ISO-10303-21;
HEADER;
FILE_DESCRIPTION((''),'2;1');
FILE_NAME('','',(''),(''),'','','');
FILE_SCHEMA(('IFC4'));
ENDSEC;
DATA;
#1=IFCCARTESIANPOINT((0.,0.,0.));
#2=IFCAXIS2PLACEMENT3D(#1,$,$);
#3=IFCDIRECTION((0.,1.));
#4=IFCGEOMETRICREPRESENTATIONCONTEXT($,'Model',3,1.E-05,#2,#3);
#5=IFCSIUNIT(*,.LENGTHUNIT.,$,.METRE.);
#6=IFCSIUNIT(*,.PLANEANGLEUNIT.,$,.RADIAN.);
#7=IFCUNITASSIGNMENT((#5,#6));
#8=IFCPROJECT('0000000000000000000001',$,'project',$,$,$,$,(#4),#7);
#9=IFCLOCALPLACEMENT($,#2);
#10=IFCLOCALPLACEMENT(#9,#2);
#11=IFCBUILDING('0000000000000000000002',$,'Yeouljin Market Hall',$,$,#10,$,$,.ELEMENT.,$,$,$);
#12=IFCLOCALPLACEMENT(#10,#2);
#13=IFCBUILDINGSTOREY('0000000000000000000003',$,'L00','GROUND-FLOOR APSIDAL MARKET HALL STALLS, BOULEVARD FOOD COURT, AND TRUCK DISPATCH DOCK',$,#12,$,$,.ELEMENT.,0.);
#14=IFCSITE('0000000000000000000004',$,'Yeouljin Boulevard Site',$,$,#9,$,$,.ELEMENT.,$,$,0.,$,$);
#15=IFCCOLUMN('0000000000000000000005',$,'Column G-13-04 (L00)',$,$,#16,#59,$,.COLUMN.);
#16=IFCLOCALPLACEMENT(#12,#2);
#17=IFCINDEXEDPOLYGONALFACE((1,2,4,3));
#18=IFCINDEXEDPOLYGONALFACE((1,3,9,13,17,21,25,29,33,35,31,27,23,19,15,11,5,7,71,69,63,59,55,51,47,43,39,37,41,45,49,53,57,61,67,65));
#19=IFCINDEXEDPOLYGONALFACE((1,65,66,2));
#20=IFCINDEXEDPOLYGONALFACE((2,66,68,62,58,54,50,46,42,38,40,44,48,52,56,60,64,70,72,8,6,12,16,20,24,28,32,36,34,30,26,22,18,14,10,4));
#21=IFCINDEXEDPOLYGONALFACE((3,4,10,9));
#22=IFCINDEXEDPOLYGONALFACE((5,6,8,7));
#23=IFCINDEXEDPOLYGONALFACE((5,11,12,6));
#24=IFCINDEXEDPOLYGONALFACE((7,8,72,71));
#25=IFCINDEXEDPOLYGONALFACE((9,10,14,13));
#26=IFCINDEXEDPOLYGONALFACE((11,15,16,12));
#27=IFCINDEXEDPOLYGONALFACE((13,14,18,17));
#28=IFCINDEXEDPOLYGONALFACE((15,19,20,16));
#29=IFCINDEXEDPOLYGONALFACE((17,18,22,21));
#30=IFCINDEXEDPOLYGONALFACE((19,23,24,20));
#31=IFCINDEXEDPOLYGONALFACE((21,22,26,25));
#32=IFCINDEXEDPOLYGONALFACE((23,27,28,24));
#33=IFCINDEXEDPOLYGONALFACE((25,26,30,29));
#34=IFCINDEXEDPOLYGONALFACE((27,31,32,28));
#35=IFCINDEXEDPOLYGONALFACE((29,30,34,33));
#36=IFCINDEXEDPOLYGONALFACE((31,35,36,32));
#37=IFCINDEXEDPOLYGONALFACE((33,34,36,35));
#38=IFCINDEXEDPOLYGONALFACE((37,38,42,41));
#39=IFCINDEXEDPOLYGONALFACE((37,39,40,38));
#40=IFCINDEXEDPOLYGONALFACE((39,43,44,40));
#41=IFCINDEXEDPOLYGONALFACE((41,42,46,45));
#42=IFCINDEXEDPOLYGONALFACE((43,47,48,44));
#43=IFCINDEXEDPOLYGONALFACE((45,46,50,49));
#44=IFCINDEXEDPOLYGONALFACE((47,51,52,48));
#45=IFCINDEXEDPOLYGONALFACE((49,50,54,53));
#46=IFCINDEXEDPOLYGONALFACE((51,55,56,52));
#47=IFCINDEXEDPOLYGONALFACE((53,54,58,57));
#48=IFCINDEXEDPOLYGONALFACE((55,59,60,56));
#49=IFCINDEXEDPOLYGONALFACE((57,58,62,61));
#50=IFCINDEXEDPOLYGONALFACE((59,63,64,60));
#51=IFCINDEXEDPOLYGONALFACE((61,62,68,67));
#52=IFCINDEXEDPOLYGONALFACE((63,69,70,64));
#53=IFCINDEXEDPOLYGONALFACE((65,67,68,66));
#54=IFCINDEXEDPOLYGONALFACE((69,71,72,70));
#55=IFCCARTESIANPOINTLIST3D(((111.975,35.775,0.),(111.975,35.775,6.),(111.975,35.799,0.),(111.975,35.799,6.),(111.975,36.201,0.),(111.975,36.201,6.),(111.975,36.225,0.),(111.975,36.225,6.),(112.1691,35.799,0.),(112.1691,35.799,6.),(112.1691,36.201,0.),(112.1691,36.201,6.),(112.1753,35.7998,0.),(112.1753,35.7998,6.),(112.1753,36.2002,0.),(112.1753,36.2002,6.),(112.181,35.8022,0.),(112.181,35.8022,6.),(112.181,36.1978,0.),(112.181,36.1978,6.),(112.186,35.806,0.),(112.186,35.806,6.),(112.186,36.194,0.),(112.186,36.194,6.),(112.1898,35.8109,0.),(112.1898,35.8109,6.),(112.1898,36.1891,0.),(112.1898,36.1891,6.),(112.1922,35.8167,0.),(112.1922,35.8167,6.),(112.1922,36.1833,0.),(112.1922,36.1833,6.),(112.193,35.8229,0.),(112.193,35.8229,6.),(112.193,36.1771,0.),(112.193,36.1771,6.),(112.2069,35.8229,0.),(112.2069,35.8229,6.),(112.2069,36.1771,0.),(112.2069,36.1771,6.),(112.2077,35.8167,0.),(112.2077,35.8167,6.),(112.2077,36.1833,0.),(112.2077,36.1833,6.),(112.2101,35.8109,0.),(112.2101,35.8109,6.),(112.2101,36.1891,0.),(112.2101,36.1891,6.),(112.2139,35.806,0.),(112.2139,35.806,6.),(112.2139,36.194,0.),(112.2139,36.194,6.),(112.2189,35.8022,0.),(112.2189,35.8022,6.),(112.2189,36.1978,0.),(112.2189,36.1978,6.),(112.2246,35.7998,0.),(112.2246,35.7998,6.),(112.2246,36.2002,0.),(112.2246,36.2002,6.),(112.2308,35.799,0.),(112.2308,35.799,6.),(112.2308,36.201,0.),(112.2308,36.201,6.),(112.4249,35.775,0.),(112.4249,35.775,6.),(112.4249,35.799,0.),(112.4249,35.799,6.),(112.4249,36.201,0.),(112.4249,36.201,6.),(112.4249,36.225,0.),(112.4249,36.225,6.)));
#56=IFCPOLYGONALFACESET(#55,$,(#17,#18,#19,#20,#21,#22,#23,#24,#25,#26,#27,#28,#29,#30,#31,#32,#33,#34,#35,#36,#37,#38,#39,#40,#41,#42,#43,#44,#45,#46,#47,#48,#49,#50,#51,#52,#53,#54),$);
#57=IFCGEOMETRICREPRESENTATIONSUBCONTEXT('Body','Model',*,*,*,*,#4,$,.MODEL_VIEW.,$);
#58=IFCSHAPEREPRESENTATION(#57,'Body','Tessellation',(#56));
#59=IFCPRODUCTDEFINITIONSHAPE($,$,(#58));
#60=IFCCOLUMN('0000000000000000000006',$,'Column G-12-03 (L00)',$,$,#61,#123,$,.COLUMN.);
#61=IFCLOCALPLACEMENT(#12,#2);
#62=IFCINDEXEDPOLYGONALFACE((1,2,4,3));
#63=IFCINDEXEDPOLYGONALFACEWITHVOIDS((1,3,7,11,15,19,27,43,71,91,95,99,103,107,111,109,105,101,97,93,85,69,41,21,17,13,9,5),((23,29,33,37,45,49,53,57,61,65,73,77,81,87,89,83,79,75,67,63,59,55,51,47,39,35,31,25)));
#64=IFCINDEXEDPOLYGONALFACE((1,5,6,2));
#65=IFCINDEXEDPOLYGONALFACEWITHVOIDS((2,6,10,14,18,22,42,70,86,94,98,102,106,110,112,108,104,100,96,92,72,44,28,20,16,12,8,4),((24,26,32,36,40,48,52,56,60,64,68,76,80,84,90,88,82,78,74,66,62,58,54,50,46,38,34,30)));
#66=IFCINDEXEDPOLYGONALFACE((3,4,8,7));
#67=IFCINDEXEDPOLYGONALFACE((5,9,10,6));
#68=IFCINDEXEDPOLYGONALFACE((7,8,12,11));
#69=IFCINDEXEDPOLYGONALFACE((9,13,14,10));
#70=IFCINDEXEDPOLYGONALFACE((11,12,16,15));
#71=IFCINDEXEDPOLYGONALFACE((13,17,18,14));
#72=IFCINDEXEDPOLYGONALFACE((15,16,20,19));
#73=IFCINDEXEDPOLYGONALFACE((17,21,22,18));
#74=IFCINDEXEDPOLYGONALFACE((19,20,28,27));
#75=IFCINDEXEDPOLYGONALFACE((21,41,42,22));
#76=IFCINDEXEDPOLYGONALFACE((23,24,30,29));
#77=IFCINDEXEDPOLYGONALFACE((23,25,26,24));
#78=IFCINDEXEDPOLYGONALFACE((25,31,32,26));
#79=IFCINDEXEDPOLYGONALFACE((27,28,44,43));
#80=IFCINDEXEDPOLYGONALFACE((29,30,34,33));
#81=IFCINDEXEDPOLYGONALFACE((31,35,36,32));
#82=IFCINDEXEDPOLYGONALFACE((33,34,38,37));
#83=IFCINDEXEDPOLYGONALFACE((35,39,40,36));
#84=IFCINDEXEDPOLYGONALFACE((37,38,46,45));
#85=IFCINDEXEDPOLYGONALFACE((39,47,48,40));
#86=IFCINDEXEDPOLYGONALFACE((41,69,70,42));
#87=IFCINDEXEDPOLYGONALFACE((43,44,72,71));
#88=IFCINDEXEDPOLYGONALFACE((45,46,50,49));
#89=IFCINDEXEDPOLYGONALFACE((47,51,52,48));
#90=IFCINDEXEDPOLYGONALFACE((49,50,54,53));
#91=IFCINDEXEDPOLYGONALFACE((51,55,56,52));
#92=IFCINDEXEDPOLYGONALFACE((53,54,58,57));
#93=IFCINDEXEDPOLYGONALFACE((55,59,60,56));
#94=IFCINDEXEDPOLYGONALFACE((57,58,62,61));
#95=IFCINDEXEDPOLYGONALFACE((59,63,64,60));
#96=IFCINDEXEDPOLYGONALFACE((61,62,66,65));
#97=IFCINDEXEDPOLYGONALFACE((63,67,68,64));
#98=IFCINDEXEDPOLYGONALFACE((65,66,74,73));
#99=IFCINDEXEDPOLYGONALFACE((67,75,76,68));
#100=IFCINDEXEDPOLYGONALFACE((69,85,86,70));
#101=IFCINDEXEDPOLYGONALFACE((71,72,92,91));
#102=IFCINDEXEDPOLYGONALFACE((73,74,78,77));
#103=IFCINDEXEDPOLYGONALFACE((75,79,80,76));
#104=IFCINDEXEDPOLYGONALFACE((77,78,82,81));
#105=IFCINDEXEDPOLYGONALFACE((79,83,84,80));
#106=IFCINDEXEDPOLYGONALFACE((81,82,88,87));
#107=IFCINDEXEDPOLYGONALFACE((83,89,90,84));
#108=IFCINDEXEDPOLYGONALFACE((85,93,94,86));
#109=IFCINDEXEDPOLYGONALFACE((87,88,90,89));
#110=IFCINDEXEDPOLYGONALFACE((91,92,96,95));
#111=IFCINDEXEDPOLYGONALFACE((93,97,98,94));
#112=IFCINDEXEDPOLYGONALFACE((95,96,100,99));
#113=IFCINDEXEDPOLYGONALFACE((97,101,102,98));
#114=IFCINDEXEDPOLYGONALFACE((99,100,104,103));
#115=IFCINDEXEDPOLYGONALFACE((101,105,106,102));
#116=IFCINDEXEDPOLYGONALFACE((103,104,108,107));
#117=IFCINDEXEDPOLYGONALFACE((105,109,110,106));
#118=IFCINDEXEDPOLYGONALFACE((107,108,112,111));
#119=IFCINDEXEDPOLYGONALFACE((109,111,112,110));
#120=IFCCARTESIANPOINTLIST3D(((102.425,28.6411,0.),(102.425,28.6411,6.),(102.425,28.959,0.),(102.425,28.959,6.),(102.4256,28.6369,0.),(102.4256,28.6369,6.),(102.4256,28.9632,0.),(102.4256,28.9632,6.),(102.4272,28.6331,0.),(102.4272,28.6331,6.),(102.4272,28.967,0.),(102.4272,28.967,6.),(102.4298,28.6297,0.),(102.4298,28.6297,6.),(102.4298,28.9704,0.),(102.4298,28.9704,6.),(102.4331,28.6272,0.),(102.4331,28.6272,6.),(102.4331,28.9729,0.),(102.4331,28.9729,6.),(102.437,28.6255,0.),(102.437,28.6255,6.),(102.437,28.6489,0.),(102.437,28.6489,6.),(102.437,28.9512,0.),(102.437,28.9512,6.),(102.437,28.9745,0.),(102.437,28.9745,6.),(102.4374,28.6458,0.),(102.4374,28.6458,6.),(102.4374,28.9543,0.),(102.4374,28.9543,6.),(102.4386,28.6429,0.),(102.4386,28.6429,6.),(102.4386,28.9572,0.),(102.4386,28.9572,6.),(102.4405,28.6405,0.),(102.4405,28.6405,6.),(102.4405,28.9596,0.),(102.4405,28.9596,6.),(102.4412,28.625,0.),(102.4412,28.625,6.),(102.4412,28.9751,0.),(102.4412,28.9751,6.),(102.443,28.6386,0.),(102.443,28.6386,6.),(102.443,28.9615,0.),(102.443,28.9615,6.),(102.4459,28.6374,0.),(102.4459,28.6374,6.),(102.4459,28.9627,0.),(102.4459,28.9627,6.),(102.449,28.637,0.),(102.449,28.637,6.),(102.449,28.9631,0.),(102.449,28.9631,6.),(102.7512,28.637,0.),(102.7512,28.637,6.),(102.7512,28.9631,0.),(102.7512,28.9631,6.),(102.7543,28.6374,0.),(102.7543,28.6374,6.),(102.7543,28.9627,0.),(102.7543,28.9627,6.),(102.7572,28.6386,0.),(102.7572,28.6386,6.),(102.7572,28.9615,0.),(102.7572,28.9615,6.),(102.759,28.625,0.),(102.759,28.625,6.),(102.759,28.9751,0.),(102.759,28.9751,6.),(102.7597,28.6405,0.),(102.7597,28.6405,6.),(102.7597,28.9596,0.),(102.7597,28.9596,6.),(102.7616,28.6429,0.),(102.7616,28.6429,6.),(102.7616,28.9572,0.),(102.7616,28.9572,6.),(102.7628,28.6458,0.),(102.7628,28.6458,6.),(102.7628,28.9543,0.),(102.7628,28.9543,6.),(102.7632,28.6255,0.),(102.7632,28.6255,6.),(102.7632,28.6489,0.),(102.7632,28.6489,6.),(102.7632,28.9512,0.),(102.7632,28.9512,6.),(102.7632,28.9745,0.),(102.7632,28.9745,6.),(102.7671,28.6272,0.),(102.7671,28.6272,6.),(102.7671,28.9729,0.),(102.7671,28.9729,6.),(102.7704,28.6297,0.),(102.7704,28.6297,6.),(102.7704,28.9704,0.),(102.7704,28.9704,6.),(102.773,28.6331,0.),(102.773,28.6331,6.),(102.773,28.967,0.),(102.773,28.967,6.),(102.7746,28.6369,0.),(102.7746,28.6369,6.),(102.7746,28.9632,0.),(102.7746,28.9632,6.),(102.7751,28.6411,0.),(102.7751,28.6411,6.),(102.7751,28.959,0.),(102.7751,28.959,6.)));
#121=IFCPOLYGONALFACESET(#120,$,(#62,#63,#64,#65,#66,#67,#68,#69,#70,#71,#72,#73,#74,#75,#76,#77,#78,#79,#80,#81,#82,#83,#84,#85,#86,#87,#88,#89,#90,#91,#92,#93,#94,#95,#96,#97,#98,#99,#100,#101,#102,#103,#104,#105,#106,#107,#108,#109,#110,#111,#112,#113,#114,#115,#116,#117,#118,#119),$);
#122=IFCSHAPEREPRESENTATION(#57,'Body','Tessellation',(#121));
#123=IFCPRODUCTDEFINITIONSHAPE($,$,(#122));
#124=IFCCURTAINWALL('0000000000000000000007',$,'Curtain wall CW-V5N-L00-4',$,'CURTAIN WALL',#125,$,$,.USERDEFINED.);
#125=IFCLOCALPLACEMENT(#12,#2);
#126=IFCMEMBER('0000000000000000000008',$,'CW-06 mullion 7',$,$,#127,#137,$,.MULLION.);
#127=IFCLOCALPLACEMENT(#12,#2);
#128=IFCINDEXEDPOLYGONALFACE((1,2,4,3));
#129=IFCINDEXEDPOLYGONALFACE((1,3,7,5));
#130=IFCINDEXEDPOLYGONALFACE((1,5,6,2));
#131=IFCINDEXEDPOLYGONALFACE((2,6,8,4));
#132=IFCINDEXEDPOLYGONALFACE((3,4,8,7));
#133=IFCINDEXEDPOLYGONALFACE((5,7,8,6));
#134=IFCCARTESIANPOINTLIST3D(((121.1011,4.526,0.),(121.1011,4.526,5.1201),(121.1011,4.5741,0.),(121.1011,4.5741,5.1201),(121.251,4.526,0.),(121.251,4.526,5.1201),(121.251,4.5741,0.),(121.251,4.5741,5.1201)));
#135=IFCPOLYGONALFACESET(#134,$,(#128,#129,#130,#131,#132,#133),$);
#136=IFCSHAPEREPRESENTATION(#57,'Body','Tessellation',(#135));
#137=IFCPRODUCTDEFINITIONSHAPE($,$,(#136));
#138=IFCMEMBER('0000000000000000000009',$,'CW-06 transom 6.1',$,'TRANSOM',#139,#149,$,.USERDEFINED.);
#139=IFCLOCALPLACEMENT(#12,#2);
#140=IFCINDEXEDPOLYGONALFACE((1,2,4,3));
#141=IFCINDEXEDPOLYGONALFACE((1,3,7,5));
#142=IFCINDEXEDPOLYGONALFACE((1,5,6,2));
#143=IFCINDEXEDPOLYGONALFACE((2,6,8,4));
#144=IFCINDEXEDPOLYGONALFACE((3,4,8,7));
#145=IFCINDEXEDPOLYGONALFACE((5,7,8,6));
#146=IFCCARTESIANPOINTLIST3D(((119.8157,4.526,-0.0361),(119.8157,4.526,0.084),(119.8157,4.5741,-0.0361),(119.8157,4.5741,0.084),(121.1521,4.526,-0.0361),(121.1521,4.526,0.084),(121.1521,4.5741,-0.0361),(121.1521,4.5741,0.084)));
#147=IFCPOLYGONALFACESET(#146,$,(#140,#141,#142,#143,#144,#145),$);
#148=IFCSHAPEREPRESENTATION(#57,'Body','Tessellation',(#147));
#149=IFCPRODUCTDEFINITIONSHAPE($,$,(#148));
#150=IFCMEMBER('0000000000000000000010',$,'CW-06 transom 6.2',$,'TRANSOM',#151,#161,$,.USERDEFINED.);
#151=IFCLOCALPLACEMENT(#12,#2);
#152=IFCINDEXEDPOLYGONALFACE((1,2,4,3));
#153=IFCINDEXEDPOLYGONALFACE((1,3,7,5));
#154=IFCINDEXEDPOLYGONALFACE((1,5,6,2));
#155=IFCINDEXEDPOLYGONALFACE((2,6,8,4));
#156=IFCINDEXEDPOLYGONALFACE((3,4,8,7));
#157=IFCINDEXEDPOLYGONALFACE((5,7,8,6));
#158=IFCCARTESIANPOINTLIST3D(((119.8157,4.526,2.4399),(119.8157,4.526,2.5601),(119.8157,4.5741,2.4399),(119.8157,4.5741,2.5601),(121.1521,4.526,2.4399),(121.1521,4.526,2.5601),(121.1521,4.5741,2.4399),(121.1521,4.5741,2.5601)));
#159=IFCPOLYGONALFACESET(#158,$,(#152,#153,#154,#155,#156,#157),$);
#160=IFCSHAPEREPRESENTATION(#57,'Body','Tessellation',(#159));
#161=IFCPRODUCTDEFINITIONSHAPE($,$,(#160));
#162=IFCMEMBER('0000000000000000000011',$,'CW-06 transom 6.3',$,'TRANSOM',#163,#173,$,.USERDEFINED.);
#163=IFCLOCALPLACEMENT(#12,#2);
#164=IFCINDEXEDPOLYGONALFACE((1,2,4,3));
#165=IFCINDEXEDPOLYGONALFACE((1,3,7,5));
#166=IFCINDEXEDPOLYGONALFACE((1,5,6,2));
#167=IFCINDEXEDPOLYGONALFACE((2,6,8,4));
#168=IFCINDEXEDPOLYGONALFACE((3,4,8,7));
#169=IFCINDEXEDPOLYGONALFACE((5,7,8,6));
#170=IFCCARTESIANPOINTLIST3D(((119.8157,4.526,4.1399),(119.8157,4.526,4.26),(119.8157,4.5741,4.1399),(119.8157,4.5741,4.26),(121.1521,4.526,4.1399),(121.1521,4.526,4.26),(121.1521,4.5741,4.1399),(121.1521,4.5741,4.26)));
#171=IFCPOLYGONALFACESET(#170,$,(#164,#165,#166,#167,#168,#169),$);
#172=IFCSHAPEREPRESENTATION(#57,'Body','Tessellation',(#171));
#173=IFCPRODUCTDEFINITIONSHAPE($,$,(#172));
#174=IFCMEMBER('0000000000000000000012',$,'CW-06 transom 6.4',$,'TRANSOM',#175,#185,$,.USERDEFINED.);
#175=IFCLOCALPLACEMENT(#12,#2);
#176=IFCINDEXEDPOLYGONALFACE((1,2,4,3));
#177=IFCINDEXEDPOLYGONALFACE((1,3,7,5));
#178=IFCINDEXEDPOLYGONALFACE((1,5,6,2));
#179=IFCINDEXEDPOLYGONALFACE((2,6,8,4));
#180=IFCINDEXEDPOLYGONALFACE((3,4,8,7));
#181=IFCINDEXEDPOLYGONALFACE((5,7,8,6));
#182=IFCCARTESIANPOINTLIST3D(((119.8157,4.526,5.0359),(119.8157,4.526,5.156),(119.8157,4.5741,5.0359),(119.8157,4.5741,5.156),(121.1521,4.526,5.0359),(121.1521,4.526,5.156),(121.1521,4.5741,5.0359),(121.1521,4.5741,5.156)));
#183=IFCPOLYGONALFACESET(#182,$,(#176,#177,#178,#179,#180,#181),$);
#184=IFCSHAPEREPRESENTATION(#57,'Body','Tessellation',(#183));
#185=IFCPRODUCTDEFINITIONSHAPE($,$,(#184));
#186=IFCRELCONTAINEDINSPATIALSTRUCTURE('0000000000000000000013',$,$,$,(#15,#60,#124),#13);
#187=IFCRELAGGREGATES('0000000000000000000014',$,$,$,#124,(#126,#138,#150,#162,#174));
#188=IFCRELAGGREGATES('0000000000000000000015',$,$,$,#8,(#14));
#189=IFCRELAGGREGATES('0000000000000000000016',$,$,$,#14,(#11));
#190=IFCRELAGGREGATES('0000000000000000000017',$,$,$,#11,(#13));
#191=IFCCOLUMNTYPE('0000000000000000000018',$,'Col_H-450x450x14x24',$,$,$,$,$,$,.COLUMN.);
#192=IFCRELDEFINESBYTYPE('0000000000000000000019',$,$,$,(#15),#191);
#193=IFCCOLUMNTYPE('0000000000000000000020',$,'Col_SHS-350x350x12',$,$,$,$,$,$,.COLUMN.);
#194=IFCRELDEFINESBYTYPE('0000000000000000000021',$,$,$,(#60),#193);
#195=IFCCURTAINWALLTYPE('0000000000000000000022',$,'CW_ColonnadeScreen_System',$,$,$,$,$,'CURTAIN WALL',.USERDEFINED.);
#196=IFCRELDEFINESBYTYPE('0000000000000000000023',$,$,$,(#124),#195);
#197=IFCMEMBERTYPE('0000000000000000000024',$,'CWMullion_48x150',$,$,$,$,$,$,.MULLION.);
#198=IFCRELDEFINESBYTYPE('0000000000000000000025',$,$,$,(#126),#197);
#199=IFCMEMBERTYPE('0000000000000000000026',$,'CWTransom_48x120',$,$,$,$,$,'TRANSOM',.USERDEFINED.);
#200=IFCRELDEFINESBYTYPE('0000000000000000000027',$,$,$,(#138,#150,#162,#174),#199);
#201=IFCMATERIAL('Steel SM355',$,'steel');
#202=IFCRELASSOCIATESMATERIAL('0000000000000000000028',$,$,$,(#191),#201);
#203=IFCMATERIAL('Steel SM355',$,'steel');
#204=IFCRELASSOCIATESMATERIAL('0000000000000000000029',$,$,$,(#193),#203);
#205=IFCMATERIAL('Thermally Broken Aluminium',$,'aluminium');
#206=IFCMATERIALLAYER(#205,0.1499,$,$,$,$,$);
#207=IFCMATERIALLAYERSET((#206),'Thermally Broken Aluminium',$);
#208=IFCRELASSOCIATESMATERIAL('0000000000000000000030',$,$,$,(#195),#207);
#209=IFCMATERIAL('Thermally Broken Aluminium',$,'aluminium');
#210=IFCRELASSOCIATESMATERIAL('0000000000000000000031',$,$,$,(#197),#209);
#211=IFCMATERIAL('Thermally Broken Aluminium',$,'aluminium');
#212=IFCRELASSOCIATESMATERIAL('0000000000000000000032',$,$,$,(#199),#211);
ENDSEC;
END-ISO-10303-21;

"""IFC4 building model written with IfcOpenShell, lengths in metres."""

from ifc_helpers import new_model, si_unit, direction, frame, origin, origin_2d, place, context, subcontext, project, spatial, rectangle, hollow_rectangle, i_section, extrude, material, layer, layer_set, material_profile, profile_set, type_object, element, aggregate, save


model = new_model("IFC4")

# Units and contexts
model_context = context("Model", 3, precision=1e-05, world=origin(), true_north=direction((0.0, 1.0)))
body_context = subcontext(model_context, "Body", "Model", "MODEL_VIEW")
ifc_project = project(units=[si_unit("LENGTHUNIT", "METRE"), si_unit("PLANEANGLEUNIT", "RADIAN")], contexts=[model_context])

# Site, building, storey
site_placement = place(None, origin())
site = spatial("IfcSite", under=ifc_project, at=site_placement, Name="Yeouljin Boulevard Site", CompositionType="ELEMENT", RefElevation=0.0)
building_placement = place(site_placement, origin())
building = spatial("IfcBuilding", under=site, at=building_placement, Name="Yeouljin Market Hall", CompositionType="ELEMENT")
storey_placement = place(building_placement, origin())
storey = spatial("IfcBuildingStorey", under=building, at=storey_placement, Name="L00", Description="GROUND-FLOOR APSIDAL MARKET HALL STALLS, BOULEVARD FOOD COURT, AND TRUCK DISPATCH DOCK", CompositionType="ELEMENT", Elevation=0.0)

# Columns
ifc_material_1 = material(Name="Steel SM355", Category="steel")
ifc_material_profile_1 = material_profile(ifc_material_1, i_section(OverallWidth=0.45, OverallDepth=0.45, WebThickness=0.0139, FlangeThickness=0.0239, FilletRadius=0.0239, at=origin_2d()), Name="H-450x450x14x24")
ifc_profile_set_1 = profile_set([ifc_material_profile_1], Name="Steel SM355")
column_type_1 = type_object("IfcColumnType", Name="Col_H-450x450x14x24", PredefinedType="COLUMN", material=ifc_profile_set_1)
for number, where, z_axis, x_axis, name in (
    (1, (112.2, 36.0, 0.0), (0.0, 0.0, 1.0), (1.0, 0.0, 0.0), "Column G-13-04 (L00)"),
):
    element("IfcColumn", number, at=place(storey_placement, frame(where, z_axis=z_axis, x_axis=x_axis)), inside=storey, type_object=column_type_1, Name=name, PredefinedType="COLUMN", context=body_context, shape_type="SweptSolid", body=[
        extrude(i_section(OverallWidth=0.45, OverallDepth=0.45, WebThickness=0.0139, FlangeThickness=0.0239, FilletRadius=0.0239, at=origin_2d()), origin(), (0.0, 0.0, 1.0), 6.0),
    ])
ifc_material_2 = material(Name="Steel SM355", Category="steel")
ifc_material_profile_2 = material_profile(ifc_material_2, hollow_rectangle(XDim=0.3501, YDim=0.3501, WallThickness=0.012, InnerFilletRadius=0.012, OuterFilletRadius=0.0161, at=origin_2d()), Name="SHS-350x350x12")
ifc_profile_set_2 = profile_set([ifc_material_profile_2], Name="Steel SM355")
column_type_2 = type_object("IfcColumnType", Name="Col_SHS-350x350x12", PredefinedType="COLUMN", material=ifc_profile_set_2)
column_placement = place(storey_placement, frame((102.6001, 28.8, 0.0), z_axis=(0.0, 0.0, 1.0), x_axis=(1.0, 0.0, 0.0)))
element("IfcColumn", 2, at=column_placement, inside=storey, type_object=column_type_2, Name="Column G-12-03 (L00)", PredefinedType="COLUMN", context=body_context, shape_type="SweptSolid", body=[
    extrude(hollow_rectangle(XDim=0.3501, YDim=0.3501, WallThickness=0.012, InnerFilletRadius=0.012, OuterFilletRadius=0.0161, at=origin_2d()), origin(), (0.0, 0.0, 1.0), 6.0),
])

# Curtain wall, members
ifc_material_3 = material(Name="Thermally Broken Aluminium", Category="aluminium")
ifc_layer_1 = layer(ifc_material_3, 0.1499)
ifc_layer_set_1 = layer_set([ifc_layer_1], Name="Thermally Broken Aluminium")
curtain_wall_type = type_object("IfcCurtainWallType", Name="CW_ColonnadeScreen_System", ElementType="CURTAIN WALL", PredefinedType="USERDEFINED", material=ifc_layer_set_1)
curtain_wall_placement = place(storey_placement, origin())
curtain_wall = element("IfcCurtainWall", 3, at=curtain_wall_placement, inside=storey, type_object=curtain_wall_type, Name="Curtain wall CW-V5N-L00-4", ObjectType="CURTAIN WALL", PredefinedType="USERDEFINED")
ifc_material_4 = material(Name="Thermally Broken Aluminium", Category="aluminium")
ifc_material_profile_3 = material_profile(ifc_material_4, rectangle(XDim=0.0481, YDim=0.1499, at=origin_2d()), Name="CW-MULL-48x150")
ifc_profile_set_3 = profile_set([ifc_material_profile_3], Name="Thermally Broken Aluminium")
member_type_1 = type_object("IfcMemberType", Name="CWMullion_48x150", PredefinedType="MULLION", material=ifc_profile_set_3)
member_1_placement = place(storey_placement, frame((121.176, 4.55, 0.0), z_axis=(0.0, 0.0, 1.0), x_axis=(0.0, 1.0, 0.0)))
member_1 = element("IfcMember", 4, at=member_1_placement, type_object=member_type_1, Name="CW-06 mullion 7", PredefinedType="MULLION", context=body_context, shape_type="SweptSolid", body=[
    extrude(rectangle(XDim=0.0481, YDim=0.1499, at=origin_2d()), origin(), (0.0, 0.0, 1.0), 5.1201),
])
ifc_material_5 = material(Name="Thermally Broken Aluminium", Category="aluminium")
ifc_material_profile_4 = material_profile(ifc_material_5, rectangle(XDim=0.0481, YDim=0.1201, at=origin_2d()), Name="CW-TRAN-48x120")
ifc_profile_set_4 = profile_set([ifc_material_profile_4], Name="Thermally Broken Aluminium")
member_type_2 = type_object("IfcMemberType", Name="CWTransom_48x120", ElementType="TRANSOM", PredefinedType="USERDEFINED", material=ifc_profile_set_4)
member_2_placement = place(storey_placement, frame((119.8157, 4.55, 0.0239), z_axis=(1.0, 0.0, 0.0), x_axis=(0.0, 1.0, 0.0)))
member_2 = element("IfcMember", 5, at=member_2_placement, type_object=member_type_2, Name="CW-06 transom 6.1", ObjectType="TRANSOM", PredefinedType="USERDEFINED", context=body_context, shape_type="SweptSolid", body=[
    extrude(rectangle(XDim=0.0481, YDim=0.1201, at=origin_2d()), origin(), (0.0, 0.0, 1.0), 1.3364),
])
member_3_placement = place(storey_placement, frame((119.8157, 4.55, 2.5), z_axis=(1.0, 0.0, 0.0), x_axis=(0.0, 1.0, 0.0)))
member_3 = element("IfcMember", 6, at=member_3_placement, type_object=member_type_2, Name="CW-06 transom 6.2", ObjectType="TRANSOM", PredefinedType="USERDEFINED", context=body_context, shape_type="SweptSolid", body=[
    extrude(rectangle(XDim=0.0481, YDim=0.1201, at=origin_2d()), origin(), (0.0, 0.0, 1.0), 1.3364),
])
member_4_placement = place(storey_placement, frame((119.8157, 4.55, 4.2), z_axis=(1.0, 0.0, 0.0), x_axis=(0.0, 1.0, 0.0)))
member_4 = element("IfcMember", 7, at=member_4_placement, type_object=member_type_2, Name="CW-06 transom 6.3", ObjectType="TRANSOM", PredefinedType="USERDEFINED", context=body_context, shape_type="SweptSolid", body=[
    extrude(rectangle(XDim=0.0481, YDim=0.1201, at=origin_2d()), origin(), (0.0, 0.0, 1.0), 1.3364),
])
member_5_placement = place(storey_placement, frame((119.8157, 4.55, 5.0959), z_axis=(1.0, 0.0, 0.0), x_axis=(0.0, 1.0, 0.0)))
member_5 = element("IfcMember", 8, at=member_5_placement, type_object=member_type_2, Name="CW-06 transom 6.4", ObjectType="TRANSOM", PredefinedType="USERDEFINED", context=body_context, shape_type="SweptSolid", body=[
    extrude(rectangle(XDim=0.0481, YDim=0.1201, at=origin_2d()), origin(), (0.0, 0.0, 1.0), 1.3364),
])

aggregate(curtain_wall, [member_1, member_2, member_3, member_4, member_5])

save(model, "model.ifc")
